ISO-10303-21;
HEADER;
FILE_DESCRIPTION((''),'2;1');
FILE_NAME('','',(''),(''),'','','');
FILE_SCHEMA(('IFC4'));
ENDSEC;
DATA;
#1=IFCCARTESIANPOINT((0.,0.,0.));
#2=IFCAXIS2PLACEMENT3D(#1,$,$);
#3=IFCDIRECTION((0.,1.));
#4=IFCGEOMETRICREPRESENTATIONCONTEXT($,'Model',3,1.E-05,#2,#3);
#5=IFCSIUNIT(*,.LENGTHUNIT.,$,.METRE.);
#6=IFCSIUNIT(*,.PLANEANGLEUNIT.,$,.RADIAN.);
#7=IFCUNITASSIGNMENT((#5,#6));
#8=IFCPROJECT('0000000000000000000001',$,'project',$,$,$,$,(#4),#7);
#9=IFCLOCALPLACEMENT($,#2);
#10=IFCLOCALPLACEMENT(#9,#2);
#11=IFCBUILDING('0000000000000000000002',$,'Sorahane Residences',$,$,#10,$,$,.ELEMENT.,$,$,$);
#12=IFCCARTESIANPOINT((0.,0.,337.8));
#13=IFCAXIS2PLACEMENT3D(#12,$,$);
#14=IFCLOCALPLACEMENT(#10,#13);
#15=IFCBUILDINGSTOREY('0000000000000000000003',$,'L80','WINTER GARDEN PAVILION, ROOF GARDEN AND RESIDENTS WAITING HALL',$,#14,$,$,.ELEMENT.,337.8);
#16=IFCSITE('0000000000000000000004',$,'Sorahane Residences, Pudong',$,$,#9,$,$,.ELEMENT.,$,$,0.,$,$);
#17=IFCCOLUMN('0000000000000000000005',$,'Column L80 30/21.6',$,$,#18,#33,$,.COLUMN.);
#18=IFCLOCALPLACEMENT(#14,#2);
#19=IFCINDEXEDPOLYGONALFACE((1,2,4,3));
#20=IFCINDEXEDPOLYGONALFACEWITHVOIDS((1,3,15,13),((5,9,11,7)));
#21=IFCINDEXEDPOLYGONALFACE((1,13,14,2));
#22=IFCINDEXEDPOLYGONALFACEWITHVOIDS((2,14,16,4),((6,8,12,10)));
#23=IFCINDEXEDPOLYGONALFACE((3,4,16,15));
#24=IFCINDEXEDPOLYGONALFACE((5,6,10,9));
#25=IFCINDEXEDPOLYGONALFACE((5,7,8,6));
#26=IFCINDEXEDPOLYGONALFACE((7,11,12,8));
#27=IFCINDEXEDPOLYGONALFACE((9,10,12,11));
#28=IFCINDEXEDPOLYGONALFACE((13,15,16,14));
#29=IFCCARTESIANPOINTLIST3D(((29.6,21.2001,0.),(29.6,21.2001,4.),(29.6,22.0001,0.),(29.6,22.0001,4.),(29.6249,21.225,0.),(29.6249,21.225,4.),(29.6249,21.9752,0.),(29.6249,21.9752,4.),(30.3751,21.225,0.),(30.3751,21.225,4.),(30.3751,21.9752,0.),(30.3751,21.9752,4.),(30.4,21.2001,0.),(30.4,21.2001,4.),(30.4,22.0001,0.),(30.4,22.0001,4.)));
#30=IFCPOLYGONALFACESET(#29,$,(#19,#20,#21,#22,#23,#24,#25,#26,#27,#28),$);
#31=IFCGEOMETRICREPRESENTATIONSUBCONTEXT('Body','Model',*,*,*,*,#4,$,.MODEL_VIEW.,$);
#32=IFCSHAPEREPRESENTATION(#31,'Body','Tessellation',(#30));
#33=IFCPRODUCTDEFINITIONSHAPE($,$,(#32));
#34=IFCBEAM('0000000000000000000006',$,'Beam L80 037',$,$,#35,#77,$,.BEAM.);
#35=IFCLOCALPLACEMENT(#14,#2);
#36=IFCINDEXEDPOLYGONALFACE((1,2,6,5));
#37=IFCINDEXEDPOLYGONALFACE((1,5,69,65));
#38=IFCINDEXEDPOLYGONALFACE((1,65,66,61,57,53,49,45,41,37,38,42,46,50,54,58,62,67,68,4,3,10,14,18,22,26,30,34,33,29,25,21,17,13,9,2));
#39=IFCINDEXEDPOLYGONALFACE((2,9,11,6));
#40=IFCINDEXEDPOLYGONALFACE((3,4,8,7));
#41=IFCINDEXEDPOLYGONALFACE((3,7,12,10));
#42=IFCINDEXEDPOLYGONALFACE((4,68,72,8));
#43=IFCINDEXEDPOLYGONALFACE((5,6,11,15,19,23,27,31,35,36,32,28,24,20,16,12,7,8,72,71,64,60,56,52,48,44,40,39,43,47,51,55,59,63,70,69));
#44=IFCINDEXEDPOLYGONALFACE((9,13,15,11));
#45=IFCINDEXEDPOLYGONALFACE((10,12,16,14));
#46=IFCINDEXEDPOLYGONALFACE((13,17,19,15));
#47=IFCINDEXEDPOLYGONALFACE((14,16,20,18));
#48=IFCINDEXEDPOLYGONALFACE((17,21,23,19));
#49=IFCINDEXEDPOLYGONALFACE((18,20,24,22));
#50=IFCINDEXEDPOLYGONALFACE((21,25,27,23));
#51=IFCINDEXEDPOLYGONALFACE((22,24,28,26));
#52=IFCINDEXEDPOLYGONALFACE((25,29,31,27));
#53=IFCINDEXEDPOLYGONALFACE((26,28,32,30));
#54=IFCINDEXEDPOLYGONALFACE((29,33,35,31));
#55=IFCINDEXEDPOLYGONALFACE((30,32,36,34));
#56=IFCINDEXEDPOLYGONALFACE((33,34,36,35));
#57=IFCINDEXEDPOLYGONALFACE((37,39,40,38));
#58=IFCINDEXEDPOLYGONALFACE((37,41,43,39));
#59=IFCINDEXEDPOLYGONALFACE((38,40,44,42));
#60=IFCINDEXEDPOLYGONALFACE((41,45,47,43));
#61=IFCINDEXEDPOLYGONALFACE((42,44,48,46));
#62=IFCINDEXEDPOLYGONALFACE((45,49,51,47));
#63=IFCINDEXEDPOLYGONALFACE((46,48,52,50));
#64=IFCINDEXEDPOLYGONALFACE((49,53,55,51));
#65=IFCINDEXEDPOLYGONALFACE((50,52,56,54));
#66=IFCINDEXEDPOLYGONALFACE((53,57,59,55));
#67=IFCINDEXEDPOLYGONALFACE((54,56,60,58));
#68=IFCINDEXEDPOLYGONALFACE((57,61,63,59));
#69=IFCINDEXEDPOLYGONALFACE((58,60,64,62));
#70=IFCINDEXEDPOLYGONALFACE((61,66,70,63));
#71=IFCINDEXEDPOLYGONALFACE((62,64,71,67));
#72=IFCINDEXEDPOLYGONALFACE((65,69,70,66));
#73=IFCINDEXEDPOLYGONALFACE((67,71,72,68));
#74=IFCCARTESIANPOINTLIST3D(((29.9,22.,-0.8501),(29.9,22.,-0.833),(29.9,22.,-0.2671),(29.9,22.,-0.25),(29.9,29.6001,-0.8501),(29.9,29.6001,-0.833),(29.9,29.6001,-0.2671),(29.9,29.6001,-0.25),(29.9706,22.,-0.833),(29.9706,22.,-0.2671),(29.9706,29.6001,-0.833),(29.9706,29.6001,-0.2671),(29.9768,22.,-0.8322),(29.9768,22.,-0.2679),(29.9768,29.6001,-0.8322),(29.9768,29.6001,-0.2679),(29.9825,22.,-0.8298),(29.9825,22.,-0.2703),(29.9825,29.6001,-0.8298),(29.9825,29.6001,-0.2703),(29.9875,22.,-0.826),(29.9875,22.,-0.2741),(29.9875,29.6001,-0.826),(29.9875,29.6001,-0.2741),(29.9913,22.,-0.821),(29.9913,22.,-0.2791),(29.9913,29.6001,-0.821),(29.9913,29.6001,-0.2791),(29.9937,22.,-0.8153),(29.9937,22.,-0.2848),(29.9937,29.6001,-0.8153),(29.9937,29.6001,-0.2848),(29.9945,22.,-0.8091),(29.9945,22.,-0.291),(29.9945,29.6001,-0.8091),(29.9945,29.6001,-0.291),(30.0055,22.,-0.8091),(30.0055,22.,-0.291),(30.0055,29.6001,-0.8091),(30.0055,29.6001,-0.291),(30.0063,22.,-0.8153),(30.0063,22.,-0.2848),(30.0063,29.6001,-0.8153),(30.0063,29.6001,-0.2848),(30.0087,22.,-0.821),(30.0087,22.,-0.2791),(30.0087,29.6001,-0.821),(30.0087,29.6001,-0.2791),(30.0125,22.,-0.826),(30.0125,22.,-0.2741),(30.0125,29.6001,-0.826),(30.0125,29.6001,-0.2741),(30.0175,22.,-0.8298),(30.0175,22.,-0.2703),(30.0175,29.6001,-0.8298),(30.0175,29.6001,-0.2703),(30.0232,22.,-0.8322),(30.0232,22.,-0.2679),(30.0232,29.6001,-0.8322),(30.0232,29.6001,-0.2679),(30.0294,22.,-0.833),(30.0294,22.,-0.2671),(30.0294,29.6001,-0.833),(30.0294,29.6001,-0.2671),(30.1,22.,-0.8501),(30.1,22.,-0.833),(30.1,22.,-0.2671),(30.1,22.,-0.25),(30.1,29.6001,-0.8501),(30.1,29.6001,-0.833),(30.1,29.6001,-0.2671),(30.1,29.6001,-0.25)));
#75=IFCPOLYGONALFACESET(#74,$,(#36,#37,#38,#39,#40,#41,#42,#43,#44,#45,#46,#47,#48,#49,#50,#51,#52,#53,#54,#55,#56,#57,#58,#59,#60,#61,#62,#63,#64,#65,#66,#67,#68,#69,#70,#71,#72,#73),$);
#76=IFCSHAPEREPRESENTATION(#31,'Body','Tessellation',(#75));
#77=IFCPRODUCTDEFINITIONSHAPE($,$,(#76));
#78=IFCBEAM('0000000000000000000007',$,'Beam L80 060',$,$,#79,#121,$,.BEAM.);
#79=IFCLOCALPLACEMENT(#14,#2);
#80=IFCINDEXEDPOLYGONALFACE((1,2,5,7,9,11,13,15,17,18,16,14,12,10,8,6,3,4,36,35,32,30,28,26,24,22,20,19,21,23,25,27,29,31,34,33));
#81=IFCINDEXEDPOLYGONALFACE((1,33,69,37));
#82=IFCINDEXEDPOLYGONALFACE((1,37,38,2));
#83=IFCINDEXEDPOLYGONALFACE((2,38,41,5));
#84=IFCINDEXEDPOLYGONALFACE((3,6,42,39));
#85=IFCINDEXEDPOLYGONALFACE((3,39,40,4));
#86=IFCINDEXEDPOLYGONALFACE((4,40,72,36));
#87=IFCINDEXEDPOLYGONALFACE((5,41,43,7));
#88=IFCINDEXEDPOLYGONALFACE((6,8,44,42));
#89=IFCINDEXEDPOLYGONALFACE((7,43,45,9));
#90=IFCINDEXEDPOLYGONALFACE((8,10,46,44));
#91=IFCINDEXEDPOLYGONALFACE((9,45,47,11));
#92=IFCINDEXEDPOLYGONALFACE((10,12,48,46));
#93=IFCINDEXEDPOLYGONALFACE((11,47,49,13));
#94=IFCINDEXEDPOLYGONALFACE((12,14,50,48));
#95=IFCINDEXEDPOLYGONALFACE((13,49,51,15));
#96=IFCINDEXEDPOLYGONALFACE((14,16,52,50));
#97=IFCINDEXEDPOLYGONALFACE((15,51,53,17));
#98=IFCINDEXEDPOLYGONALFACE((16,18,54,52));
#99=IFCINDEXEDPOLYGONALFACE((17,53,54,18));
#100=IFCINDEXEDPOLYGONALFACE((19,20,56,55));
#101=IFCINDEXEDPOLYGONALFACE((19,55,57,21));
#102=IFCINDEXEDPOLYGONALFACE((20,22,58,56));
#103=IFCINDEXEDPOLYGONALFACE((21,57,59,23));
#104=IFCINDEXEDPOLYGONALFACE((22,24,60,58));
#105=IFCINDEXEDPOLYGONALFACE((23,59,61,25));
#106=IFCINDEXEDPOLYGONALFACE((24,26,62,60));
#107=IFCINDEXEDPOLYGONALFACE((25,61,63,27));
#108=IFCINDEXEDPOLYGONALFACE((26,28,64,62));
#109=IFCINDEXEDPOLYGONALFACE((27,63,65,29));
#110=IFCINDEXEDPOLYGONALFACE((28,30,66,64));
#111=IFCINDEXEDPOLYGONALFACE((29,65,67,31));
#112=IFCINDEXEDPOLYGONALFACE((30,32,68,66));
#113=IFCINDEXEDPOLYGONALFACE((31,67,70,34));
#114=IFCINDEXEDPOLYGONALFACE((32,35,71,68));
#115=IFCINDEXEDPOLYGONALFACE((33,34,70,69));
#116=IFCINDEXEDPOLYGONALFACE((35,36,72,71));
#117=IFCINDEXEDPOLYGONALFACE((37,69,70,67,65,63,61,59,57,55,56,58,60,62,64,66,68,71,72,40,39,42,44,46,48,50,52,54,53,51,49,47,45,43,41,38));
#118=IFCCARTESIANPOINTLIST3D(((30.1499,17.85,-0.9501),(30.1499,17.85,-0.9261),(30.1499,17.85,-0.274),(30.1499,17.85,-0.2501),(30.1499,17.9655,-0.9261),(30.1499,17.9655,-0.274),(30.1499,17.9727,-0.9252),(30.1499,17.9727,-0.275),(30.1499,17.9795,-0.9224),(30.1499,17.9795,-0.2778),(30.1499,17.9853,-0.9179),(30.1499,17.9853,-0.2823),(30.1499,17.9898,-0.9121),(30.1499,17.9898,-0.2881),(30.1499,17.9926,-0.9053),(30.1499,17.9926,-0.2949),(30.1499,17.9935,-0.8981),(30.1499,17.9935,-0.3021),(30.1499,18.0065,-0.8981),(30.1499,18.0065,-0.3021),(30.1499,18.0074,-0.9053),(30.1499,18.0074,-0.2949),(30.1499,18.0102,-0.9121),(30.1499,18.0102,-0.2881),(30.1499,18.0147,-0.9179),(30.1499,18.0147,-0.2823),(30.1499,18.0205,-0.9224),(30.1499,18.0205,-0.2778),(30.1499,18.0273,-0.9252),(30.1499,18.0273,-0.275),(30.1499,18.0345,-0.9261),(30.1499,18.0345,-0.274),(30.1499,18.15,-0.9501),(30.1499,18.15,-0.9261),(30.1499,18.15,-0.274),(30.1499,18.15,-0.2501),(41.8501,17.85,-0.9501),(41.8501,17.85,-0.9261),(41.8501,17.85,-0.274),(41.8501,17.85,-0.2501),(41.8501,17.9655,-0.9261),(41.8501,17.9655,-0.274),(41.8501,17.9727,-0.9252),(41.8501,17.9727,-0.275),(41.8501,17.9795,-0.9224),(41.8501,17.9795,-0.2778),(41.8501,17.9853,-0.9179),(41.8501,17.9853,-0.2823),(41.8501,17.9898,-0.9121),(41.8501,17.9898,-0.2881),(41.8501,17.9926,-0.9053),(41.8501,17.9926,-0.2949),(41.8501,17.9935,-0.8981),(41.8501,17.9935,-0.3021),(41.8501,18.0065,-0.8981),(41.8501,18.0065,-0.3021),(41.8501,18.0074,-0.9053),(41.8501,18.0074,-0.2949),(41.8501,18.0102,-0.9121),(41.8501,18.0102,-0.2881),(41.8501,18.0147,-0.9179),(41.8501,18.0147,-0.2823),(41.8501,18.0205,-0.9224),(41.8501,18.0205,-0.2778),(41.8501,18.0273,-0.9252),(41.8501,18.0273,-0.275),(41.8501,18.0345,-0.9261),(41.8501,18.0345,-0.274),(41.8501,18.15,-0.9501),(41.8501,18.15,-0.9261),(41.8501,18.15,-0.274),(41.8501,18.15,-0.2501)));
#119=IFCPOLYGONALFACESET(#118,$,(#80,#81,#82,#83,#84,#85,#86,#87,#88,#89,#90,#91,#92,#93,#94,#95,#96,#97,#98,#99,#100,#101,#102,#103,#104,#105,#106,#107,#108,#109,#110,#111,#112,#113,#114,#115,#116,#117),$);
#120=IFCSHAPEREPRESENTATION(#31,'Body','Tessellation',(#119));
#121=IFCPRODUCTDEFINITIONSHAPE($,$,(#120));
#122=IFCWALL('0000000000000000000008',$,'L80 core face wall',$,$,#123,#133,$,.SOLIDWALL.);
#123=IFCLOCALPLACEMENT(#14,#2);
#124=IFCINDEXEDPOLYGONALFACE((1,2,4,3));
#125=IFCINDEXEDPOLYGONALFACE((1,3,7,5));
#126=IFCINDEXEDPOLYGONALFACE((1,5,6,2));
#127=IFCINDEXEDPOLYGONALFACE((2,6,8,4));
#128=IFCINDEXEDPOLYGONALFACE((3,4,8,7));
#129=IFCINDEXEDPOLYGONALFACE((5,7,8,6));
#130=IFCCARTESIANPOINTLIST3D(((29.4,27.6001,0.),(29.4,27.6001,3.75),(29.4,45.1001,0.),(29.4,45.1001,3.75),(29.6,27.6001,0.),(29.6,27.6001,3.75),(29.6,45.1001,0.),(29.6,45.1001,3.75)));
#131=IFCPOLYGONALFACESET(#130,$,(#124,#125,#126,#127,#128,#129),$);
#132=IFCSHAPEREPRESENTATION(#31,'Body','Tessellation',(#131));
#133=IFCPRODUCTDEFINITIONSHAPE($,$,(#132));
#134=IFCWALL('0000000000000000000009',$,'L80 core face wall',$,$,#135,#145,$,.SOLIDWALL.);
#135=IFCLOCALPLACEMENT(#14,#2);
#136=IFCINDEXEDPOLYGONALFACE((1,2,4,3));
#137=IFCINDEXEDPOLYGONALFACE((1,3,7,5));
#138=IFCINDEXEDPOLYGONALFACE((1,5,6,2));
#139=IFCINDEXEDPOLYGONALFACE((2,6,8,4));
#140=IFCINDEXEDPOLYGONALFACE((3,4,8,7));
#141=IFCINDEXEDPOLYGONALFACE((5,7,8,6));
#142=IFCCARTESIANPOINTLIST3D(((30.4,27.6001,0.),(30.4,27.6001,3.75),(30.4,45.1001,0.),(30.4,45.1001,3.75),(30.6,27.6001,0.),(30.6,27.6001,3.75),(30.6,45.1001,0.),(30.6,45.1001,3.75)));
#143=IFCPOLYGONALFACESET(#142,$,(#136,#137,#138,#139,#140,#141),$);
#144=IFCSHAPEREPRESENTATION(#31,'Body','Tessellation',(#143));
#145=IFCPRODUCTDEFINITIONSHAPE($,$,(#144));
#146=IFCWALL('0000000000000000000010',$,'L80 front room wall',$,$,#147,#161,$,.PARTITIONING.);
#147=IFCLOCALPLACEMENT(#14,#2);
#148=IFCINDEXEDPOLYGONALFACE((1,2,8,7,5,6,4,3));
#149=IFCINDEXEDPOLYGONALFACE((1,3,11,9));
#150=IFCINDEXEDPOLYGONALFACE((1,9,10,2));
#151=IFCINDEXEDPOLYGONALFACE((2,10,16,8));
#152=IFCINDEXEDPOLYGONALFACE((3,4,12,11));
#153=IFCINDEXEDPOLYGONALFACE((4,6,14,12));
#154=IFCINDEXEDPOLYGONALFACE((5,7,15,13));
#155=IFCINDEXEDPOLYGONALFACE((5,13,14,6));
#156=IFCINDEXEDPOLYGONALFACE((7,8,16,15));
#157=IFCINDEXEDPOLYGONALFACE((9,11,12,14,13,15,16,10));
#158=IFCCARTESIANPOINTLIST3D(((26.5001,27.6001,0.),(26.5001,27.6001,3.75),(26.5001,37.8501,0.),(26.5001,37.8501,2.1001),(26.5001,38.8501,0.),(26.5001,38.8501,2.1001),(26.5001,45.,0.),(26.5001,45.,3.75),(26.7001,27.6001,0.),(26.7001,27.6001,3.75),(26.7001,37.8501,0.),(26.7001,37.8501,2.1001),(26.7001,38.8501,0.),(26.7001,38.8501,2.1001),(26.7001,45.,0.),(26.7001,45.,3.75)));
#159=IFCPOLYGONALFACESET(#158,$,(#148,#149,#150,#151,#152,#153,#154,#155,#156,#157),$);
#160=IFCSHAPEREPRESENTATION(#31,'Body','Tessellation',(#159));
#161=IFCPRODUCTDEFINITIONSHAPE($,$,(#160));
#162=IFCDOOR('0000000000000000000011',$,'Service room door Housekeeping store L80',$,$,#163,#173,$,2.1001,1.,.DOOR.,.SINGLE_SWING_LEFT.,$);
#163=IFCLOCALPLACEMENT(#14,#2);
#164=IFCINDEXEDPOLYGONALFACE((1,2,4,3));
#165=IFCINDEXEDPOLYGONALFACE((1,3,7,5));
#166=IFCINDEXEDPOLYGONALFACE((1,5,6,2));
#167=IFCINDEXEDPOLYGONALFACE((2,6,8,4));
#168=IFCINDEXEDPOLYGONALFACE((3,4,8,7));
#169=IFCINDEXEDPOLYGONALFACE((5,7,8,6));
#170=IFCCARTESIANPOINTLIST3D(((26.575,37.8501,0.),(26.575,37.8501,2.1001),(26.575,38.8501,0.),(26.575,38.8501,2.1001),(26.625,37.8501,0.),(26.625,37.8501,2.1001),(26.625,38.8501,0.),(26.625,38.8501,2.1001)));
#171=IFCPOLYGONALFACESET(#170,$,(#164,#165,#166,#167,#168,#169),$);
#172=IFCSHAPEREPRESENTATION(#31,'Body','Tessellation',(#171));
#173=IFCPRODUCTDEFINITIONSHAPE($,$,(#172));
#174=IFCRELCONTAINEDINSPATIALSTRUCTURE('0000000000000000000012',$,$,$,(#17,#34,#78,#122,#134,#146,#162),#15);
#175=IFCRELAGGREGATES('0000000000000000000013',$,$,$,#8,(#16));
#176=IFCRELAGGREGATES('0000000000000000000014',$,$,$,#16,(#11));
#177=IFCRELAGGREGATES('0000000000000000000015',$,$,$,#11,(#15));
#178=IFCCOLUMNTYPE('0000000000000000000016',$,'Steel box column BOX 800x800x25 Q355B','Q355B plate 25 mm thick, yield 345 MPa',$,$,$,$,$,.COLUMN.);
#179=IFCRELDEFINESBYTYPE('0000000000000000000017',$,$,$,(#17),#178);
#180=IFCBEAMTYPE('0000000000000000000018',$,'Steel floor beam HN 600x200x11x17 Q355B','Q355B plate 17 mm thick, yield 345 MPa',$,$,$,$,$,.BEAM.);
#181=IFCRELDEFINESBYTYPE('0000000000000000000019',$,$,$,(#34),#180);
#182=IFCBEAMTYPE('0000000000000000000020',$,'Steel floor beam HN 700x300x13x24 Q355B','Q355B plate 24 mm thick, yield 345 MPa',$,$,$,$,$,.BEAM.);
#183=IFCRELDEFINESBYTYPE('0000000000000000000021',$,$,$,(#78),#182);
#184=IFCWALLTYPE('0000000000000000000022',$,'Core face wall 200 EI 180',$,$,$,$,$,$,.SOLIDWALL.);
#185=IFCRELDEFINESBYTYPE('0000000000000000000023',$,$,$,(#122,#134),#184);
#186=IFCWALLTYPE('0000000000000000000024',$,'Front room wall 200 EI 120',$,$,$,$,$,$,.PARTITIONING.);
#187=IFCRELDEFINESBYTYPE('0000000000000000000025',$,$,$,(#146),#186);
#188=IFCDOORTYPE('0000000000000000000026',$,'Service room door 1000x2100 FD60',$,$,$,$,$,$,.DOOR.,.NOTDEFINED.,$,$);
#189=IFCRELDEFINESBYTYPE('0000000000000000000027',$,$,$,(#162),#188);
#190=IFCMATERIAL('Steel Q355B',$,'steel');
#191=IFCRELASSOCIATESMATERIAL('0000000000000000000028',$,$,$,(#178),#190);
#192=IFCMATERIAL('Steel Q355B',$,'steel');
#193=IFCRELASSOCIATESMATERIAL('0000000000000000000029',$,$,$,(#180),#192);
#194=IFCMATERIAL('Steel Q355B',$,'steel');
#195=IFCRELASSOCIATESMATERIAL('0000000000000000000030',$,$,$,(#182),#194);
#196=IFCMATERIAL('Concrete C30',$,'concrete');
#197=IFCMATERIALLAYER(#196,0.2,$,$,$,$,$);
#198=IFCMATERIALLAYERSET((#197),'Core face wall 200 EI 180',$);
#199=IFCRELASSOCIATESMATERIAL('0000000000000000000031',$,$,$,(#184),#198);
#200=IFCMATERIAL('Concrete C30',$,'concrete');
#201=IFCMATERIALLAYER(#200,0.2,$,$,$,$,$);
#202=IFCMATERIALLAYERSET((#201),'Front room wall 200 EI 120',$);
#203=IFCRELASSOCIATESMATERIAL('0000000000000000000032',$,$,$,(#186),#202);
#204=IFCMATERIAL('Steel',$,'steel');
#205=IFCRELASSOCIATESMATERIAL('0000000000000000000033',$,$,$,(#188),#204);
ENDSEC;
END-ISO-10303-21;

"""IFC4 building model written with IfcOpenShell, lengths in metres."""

from ifc_helpers import new_model, si_unit, direction, frame, frame_2d, origin, origin_2d, place, context, subcontext, project, spatial, rectangle, hollow_rectangle, i_section, extrude, material, layer, layer_set, material_profile, profile_set, type_object, element, fill, save


model = new_model("IFC4")

# Units and contexts
model_context = context("Model", 3, precision=1e-05, world=origin(), true_north=direction((0.0, 1.0)))
body_context = subcontext(model_context, "Body", "Model", "MODEL_VIEW")
ifc_project = project(units=[si_unit("LENGTHUNIT", "METRE"), si_unit("PLANEANGLEUNIT", "RADIAN")], contexts=[model_context])

# Site, building, storey
site_placement = place(None, origin())
site = spatial("IfcSite", under=ifc_project, at=site_placement, Name="Sorahane Residences, Pudong", CompositionType="ELEMENT", RefElevation=0.0)
building_placement = place(site_placement, origin())
building = spatial("IfcBuilding", under=site, at=building_placement, Name="Sorahane Residences", CompositionType="ELEMENT")
storey_placement = place(building_placement, frame((0.0, 0.0, 337.8)))
storey = spatial("IfcBuildingStorey", under=building, at=storey_placement, Name="L80", Description="WINTER GARDEN PAVILION, ROOF GARDEN AND RESIDENTS WAITING HALL", CompositionType="ELEMENT", Elevation=337.8)

# Column
ifc_material_1 = material(Name="Steel Q355B", Category="steel")
ifc_material_profile_1 = material_profile(ifc_material_1, hollow_rectangle(XDim=0.8, YDim=0.8, WallThickness=0.0249, at=origin_2d()), Name="BOX 800x800x25")
ifc_profile_set_1 = profile_set([ifc_material_profile_1], Name="Steel Q355B")
column_type = type_object("IfcColumnType", Name="Steel box column BOX 800x800x25 Q355B", Description="Q355B plate 25 mm thick, yield 345 MPa", PredefinedType="COLUMN", material=ifc_profile_set_1)
column_placement = place(storey_placement, frame((30.0, 21.6001, 0.0), z_axis=(0.0, 0.0, 1.0), x_axis=(1.0, 0.0, 0.0)))
element("IfcColumn", 1, at=column_placement, inside=storey, type_object=column_type, Name="Column L80 30/21.6", PredefinedType="COLUMN", context=body_context, shape_type="SweptSolid", body=[
    extrude(hollow_rectangle(XDim=0.8, YDim=0.8, WallThickness=0.0249, at=origin_2d()), origin(), (0.0, 0.0, 1.0), 4.0),
])

# Beams
ifc_material_2 = material(Name="Steel Q355B", Category="steel")
ifc_material_profile_2 = material_profile(ifc_material_2, i_section(OverallWidth=0.2, OverallDepth=0.6001, WebThickness=0.011, FlangeThickness=0.0171, FilletRadius=0.0239, at=origin_2d()), Name="HN 600x200x11x17")
ifc_profile_set_2 = profile_set([ifc_material_profile_2], Name="Steel Q355B")
beam_type_1 = type_object("IfcBeamType", Name="Steel floor beam HN 600x200x11x17 Q355B", Description="Q355B plate 17 mm thick, yield 345 MPa", PredefinedType="BEAM", material=ifc_profile_set_2)
beam_1_placement = place(storey_placement, frame((30.0, 22.0, -0.55), z_axis=(0.0, 1.0, 0.0), x_axis=(-1.0, 0.0, 0.0)))
element("IfcBeam", 2, at=beam_1_placement, inside=storey, type_object=beam_type_1, Name="Beam L80 037", PredefinedType="BEAM", context=body_context, shape_type="SweptSolid", body=[
    extrude(i_section(OverallWidth=0.2, OverallDepth=0.6001, WebThickness=0.011, FlangeThickness=0.0171, FilletRadius=0.0239, at=origin_2d()), origin(), (0.0, 0.0, 1.0), 7.6001),
])
ifc_material_3 = material(Name="Steel Q355B", Category="steel")
ifc_material_profile_3 = material_profile(ifc_material_3, i_section(OverallWidth=0.3, OverallDepth=0.7, WebThickness=0.0129, FlangeThickness=0.0239, FilletRadius=0.0281, at=origin_2d()), Name="HN 700x300x13x24")
ifc_profile_set_3 = profile_set([ifc_material_profile_3], Name="Steel Q355B")
beam_type_2 = type_object("IfcBeamType", Name="Steel floor beam HN 700x300x13x24 Q355B", Description="Q355B plate 24 mm thick, yield 345 MPa", PredefinedType="BEAM", material=ifc_profile_set_3)
beam_2_placement = place(storey_placement, frame((30.1499, 18.0, -0.6001), z_axis=(1.0, 0.0, 0.0), x_axis=(0.0, 1.0, 0.0)))
element("IfcBeam", 3, at=beam_2_placement, inside=storey, type_object=beam_type_2, Name="Beam L80 060", PredefinedType="BEAM", context=body_context, shape_type="SweptSolid", body=[
    extrude(i_section(OverallWidth=0.3, OverallDepth=0.7, WebThickness=0.0129, FlangeThickness=0.0239, FilletRadius=0.0281, at=origin_2d()), origin(), (0.0, 0.0, 1.0), 11.7002),
])

# Walls
ifc_material_4 = material(Name="Concrete C30", Category="concrete")
ifc_layer_1 = layer(ifc_material_4, 0.2)
ifc_layer_set_1 = layer_set([ifc_layer_1], Name="Core face wall 200 EI 180")
wall_type_1 = type_object("IfcWallType", Name="Core face wall 200 EI 180", PredefinedType="SOLIDWALL", material=ifc_layer_set_1)
for number, where, z_axis, x_axis, name in (
    (4, (29.5, 27.6001, 0.0), (0.0, 0.0, 1.0), (0.0, 1.0, 0.0), "L80 core face wall"),
    (5, (30.5, 27.6001, 0.0), (0.0, 0.0, 1.0), (0.0, 1.0, 0.0), "L80 core face wall"),
):
    element("IfcWall", number, at=place(storey_placement, frame(where, z_axis=z_axis, x_axis=x_axis)), inside=storey, type_object=wall_type_1, Name=name, PredefinedType="SOLIDWALL", context=body_context, shape_type="SweptSolid", body=[
        extrude(rectangle(XDim=17.5, YDim=0.2, at=frame_2d((8.75, 0.0))), origin(), (0.0, 0.0, 1.0), 3.75),
    ])

# Wall, opening, door
ifc_material_5 = material(Name="Concrete C30", Category="concrete")
ifc_layer_2 = layer(ifc_material_5, 0.2)
ifc_layer_set_2 = layer_set([ifc_layer_2], Name="Front room wall 200 EI 120")
wall_type_2 = type_object("IfcWallType", Name="Front room wall 200 EI 120", PredefinedType="PARTITIONING", material=ifc_layer_set_2)
wall_1_placement = place(storey_placement, frame((26.6001, 27.6001, 0.0), z_axis=(0.0, 0.0, 1.0), x_axis=(0.0, 1.0, 0.0)))
wall_1 = element("IfcWall", 6, at=wall_1_placement, inside=storey, type_object=wall_type_2, Name="L80 front room wall", PredefinedType="PARTITIONING", context=body_context, shape_type="SweptSolid", body=[
    extrude(rectangle(XDim=17.3999, YDim=0.2, at=frame_2d((8.7, 0.0))), origin(), (0.0, 0.0, 1.0), 3.75),
])
opening_1_placement = place(wall_1_placement, frame((10.25, 0.0, 0.0)))
opening_1 = element("IfcOpeningElement", 7, at=opening_1_placement, cuts=wall_1, PredefinedType="OPENING", context=body_context, shape_type="SweptSolid", body=[
    extrude(rectangle(XDim=1.0, YDim=2.1001, at=frame_2d((0.5, 1.05))), frame((0.0, 0.1099, 0.0), z_axis=(0.0, -1.0, 0.0), x_axis=(1.0, 0.0, 0.0)), (0.0, 0.0, 1.0), 0.22),
])
ifc_material_6 = material(Name="Steel", Category="steel")
door_type_1 = type_object("IfcDoorType", Name="Service room door 1000x2100 FD60", OperationType="NOTDEFINED", PredefinedType="DOOR", material=ifc_material_6)
door_1_placement = place(opening_1_placement, frame((1.0, 0.0, 0.0), z_axis=(0.0, 0.0, 1.0), x_axis=(-1.0, 0.0, 0.0)))
door_1 = element("IfcDoor", 8, at=door_1_placement, inside=storey, type_object=door_type_1, Name="Service room door Housekeeping store L80", OperationType="SINGLE_SWING_LEFT", OverallHeight=2.1001, OverallWidth=1.0, PredefinedType="DOOR", context=body_context, shape_type="SweptSolid", body=[
    extrude(rectangle(XDim=1.0, YDim=2.1001, at=frame_2d((0.5, 1.05))), frame((0.0, 0.0249, 0.0), z_axis=(0.0, -1.0, 0.0), x_axis=(1.0, 0.0, 0.0)), (0.0, 0.0, 1.0), 0.05),
])
fill(opening_1, door_1)

save(model, "model.ifc")
